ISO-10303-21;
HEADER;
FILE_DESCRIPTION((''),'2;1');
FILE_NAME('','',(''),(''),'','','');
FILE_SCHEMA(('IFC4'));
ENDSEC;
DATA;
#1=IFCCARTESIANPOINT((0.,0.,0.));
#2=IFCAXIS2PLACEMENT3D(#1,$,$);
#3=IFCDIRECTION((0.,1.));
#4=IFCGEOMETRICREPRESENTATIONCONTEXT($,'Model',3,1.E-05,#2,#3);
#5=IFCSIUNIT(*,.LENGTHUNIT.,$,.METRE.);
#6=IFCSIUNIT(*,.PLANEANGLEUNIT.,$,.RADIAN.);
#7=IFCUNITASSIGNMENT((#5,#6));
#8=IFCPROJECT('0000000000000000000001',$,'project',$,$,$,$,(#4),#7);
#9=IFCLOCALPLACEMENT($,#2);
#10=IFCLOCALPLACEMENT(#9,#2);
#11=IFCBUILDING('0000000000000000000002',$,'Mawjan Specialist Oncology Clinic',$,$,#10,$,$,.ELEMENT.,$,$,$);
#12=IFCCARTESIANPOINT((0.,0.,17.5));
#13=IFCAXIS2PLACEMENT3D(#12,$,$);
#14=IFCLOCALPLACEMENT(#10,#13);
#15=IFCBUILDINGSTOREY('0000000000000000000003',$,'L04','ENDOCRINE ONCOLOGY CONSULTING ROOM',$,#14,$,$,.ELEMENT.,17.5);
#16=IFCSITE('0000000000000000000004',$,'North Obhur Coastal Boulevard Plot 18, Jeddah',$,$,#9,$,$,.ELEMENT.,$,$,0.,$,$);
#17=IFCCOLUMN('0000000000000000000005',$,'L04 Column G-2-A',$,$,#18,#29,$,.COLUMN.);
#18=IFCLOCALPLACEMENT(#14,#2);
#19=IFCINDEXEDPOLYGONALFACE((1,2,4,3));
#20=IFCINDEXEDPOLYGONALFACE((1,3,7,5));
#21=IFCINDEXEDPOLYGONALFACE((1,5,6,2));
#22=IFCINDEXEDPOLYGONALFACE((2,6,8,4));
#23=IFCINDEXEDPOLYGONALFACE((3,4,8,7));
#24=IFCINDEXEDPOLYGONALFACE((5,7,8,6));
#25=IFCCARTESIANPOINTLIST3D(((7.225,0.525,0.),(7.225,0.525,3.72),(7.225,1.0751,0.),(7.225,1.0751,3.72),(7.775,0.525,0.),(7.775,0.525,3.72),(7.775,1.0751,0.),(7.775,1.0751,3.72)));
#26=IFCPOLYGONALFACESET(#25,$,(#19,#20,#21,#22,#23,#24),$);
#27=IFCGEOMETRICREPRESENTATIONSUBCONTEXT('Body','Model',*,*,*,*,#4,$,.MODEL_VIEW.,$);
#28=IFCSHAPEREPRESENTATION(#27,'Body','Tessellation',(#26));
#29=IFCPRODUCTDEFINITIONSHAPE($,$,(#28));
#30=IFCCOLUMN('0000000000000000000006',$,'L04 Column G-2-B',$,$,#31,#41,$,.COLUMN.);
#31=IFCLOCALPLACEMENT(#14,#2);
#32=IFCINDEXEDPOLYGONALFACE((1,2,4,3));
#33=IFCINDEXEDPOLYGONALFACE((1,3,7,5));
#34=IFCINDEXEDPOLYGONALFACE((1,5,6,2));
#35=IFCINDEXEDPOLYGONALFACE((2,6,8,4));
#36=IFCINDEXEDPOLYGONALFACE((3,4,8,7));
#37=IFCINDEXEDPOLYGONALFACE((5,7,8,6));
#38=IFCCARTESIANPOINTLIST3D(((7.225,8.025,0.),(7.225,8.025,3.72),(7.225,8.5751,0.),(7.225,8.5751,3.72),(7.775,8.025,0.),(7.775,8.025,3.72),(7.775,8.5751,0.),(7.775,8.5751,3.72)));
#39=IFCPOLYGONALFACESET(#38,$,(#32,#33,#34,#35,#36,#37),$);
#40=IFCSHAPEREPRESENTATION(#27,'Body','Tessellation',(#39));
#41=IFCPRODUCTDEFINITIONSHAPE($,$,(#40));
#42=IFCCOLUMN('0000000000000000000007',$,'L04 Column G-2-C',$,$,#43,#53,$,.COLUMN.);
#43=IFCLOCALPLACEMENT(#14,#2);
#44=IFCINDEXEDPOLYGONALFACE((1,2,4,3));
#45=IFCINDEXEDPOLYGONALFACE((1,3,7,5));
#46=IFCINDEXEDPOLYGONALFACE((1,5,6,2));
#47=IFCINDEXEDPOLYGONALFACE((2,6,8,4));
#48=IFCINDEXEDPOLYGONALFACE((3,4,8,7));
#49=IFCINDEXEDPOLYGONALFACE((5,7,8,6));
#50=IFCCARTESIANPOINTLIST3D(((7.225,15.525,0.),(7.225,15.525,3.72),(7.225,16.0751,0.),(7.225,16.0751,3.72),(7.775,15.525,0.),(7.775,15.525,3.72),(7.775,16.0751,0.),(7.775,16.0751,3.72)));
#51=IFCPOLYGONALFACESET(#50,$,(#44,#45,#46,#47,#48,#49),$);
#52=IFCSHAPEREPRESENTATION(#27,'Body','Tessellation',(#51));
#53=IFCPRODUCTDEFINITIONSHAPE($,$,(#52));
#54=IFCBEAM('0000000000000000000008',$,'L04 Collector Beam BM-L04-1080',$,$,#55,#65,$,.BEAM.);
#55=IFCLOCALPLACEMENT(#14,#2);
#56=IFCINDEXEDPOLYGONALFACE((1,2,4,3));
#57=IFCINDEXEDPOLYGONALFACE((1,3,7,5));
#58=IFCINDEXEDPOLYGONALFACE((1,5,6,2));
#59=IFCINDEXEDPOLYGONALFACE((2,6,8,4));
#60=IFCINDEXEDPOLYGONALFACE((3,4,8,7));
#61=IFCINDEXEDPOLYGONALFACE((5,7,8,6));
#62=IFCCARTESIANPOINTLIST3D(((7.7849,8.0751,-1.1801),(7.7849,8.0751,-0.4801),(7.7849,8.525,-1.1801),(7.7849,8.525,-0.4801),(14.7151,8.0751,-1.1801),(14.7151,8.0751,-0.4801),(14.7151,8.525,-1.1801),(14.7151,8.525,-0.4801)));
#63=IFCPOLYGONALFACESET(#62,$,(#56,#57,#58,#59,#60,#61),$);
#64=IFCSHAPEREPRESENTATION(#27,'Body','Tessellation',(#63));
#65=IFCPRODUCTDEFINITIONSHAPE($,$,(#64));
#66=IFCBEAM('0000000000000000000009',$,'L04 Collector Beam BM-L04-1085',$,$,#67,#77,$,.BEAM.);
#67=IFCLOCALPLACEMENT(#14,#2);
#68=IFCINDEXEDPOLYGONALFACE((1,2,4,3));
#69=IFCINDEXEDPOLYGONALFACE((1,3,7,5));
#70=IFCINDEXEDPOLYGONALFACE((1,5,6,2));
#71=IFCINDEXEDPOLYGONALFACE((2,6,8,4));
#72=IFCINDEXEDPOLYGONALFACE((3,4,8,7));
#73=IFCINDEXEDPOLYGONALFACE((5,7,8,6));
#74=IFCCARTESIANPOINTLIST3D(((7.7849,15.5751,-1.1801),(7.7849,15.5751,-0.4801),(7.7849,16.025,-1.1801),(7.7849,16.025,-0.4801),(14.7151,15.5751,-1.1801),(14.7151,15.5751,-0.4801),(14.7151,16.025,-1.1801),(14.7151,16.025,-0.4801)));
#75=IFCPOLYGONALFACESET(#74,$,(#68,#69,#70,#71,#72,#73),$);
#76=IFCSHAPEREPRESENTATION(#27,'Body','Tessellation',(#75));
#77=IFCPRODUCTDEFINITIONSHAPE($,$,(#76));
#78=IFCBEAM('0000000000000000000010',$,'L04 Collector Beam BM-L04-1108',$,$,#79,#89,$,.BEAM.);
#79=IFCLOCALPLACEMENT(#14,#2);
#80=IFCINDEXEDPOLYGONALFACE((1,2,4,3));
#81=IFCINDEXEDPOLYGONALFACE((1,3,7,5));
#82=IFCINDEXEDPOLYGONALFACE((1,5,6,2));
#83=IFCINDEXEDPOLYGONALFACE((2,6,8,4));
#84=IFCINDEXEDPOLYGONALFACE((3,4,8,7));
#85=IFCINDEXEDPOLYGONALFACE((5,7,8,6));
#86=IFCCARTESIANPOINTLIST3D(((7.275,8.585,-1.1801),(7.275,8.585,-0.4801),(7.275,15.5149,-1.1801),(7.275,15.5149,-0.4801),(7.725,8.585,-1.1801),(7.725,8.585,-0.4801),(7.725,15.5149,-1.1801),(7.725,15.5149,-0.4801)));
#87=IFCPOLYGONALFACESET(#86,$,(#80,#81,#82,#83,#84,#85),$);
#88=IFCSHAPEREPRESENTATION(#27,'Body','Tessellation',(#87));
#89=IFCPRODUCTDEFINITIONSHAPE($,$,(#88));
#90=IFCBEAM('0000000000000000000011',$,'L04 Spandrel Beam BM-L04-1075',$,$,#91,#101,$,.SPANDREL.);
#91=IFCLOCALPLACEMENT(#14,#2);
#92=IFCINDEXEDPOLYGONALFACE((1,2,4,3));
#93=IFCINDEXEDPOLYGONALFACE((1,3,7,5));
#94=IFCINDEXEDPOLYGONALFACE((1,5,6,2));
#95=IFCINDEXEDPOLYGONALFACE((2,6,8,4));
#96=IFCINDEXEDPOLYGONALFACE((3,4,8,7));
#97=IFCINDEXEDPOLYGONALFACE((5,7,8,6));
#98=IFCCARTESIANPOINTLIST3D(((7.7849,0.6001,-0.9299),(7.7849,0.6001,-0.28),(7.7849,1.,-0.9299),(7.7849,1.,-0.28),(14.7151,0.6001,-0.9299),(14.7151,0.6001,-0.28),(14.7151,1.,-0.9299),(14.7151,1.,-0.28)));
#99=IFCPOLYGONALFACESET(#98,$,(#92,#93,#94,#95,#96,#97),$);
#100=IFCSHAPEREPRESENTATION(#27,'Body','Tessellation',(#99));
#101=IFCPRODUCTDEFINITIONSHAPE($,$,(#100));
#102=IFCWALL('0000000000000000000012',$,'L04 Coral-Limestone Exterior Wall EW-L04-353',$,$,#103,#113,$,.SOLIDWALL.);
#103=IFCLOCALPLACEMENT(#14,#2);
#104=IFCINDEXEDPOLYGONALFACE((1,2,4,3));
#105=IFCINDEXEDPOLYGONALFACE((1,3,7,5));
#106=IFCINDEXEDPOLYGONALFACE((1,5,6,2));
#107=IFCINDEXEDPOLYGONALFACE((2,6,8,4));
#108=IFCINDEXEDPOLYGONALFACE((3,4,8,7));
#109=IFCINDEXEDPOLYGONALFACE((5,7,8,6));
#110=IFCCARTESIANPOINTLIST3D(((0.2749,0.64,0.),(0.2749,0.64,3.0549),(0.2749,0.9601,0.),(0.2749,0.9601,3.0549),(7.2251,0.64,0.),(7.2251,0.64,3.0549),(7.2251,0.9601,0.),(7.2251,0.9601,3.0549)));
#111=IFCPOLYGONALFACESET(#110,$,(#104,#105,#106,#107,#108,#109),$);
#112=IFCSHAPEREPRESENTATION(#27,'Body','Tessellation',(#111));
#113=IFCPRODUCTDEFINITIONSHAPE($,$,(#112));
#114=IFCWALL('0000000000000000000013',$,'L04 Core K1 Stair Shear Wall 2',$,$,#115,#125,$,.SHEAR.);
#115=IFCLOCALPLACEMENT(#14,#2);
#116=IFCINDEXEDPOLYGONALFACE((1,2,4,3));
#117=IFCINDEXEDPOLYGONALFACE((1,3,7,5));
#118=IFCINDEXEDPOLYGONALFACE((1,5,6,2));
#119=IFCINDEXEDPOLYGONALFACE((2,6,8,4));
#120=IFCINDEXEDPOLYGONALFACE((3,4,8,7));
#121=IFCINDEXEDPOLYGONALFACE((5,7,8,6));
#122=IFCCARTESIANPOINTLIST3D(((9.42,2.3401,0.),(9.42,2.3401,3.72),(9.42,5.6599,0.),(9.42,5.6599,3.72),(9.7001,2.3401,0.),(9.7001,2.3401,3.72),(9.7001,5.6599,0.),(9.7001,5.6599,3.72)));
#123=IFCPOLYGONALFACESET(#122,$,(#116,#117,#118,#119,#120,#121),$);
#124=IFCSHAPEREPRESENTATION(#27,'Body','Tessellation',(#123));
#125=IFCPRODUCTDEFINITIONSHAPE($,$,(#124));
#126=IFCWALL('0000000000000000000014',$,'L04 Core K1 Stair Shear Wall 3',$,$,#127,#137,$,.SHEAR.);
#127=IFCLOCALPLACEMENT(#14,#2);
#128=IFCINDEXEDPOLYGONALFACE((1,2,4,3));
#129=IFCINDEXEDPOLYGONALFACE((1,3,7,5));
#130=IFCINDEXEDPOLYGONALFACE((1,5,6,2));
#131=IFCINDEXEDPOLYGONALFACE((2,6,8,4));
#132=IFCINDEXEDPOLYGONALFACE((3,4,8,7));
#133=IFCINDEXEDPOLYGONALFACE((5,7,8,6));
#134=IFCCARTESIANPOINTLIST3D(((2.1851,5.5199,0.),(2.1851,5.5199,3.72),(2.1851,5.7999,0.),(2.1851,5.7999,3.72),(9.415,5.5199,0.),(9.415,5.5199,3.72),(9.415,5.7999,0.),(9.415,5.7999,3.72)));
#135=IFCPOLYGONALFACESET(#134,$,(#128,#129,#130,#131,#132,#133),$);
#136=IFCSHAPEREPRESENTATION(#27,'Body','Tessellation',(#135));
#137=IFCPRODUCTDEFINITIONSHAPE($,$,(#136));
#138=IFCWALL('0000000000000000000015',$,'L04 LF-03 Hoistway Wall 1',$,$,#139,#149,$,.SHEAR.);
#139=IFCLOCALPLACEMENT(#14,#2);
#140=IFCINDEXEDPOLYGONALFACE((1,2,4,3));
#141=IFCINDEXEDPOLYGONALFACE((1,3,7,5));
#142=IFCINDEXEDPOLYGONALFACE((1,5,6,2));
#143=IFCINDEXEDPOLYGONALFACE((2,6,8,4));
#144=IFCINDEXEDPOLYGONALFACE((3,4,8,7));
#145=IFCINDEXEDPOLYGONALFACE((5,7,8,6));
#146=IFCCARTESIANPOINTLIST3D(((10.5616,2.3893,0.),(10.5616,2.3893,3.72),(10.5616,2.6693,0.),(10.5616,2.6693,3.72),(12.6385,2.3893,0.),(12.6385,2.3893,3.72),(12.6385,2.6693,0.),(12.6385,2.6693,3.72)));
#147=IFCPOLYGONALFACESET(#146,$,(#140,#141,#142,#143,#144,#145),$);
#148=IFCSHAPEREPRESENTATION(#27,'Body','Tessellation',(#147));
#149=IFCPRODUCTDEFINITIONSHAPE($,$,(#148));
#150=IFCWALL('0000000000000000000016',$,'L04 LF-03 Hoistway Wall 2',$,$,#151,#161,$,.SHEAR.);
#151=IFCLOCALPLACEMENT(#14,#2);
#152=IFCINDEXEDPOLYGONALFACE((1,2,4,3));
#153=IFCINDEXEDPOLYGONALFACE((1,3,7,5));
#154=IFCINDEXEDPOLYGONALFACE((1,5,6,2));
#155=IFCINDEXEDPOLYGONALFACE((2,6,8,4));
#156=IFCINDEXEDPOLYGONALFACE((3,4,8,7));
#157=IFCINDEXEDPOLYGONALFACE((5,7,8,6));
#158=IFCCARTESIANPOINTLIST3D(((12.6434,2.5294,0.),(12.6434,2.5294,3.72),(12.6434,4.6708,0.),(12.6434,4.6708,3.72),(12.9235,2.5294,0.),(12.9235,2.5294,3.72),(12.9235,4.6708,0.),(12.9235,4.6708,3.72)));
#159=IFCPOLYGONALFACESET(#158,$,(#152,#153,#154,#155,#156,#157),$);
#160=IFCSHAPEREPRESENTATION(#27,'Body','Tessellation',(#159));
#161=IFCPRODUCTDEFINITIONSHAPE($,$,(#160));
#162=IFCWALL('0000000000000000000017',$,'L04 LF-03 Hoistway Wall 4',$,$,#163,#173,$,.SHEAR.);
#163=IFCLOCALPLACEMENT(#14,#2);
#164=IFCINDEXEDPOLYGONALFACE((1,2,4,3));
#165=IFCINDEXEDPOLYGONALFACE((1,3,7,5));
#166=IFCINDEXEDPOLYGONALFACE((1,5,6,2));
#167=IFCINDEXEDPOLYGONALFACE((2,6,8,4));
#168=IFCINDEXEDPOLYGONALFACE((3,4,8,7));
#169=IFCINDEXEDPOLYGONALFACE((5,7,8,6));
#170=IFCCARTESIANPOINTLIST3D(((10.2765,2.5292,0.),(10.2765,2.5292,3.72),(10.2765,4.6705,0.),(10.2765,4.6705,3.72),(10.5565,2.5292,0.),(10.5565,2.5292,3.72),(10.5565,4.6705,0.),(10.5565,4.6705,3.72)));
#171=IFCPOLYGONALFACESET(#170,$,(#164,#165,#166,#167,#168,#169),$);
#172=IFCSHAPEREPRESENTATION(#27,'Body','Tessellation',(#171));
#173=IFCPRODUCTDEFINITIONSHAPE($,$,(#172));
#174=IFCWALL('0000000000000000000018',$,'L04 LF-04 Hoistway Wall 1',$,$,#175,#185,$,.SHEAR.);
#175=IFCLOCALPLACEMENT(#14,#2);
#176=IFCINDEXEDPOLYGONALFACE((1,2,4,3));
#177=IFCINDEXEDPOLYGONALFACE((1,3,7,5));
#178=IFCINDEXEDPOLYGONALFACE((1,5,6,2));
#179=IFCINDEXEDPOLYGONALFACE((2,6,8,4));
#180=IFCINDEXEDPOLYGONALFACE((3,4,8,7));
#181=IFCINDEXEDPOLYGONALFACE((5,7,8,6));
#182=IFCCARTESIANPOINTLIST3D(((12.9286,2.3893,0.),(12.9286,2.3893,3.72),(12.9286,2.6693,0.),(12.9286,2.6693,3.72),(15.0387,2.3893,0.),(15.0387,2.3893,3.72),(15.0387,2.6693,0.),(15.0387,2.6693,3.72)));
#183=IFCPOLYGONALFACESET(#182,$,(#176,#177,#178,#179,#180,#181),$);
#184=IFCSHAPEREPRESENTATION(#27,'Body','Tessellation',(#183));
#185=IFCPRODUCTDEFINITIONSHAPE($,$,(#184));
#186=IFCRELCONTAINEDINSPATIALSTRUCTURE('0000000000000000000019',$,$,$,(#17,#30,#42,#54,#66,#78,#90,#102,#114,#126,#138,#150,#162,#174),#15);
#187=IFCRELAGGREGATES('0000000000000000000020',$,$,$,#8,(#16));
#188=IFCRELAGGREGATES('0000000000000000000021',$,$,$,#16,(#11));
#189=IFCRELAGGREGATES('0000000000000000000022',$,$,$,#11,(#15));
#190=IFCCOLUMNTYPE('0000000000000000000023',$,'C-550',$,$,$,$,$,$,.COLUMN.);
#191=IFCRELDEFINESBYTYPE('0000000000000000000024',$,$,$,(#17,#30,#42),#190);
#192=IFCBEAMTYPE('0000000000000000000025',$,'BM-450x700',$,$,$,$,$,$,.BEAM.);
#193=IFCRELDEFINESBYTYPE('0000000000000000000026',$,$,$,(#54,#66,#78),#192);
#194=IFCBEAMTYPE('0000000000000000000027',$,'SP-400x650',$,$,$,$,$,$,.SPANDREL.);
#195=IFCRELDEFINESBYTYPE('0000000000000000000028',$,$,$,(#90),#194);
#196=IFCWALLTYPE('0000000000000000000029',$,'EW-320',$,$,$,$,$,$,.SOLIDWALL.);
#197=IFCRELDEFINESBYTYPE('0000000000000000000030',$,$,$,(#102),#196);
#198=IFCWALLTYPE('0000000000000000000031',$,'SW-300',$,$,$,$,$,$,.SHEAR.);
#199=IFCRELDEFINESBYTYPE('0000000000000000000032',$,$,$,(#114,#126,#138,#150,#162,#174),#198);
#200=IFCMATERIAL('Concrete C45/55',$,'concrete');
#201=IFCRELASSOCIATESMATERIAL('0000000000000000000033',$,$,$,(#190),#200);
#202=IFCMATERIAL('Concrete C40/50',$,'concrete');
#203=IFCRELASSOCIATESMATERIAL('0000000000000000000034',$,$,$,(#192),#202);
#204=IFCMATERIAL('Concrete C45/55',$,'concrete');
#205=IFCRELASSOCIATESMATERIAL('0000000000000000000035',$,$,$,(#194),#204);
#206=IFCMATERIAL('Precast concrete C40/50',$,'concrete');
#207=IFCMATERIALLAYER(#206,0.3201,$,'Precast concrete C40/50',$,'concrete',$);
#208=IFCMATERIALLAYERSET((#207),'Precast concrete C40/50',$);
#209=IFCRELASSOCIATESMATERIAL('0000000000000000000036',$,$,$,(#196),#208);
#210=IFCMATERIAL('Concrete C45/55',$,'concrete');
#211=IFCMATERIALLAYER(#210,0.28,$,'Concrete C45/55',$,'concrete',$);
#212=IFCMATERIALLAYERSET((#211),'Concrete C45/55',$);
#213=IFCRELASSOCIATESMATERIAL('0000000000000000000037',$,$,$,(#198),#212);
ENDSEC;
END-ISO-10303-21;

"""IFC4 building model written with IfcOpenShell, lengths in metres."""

from ifc_helpers import new_model, si_unit, direction, frame, frame_2d, origin, origin_2d, place, context, subcontext, project, spatial, rectangle, extrude, material, layer, layer_set, material_profile, profile_set, type_object, element, save


model = new_model("IFC4")

# Units and contexts
model_context = context("Model", 3, precision=1e-05, world=origin(), true_north=direction((0.0, 1.0)))
body_context = subcontext(model_context, "Body", "Model", "MODEL_VIEW")
ifc_project = project(units=[si_unit("LENGTHUNIT", "METRE"), si_unit("PLANEANGLEUNIT", "RADIAN")], contexts=[model_context])

# Site, building, storey
site_placement = place(None, origin())
site = spatial("IfcSite", under=ifc_project, at=site_placement, Name="North Obhur Coastal Boulevard Plot 18, Jeddah", CompositionType="ELEMENT", RefElevation=0.0)
building_placement = place(site_placement, origin())
building = spatial("IfcBuilding", under=site, at=building_placement, Name="Mawjan Specialist Oncology Clinic", CompositionType="ELEMENT")
storey_placement = place(building_placement, frame((0.0, 0.0, 17.5)))
storey = spatial("IfcBuildingStorey", under=building, at=storey_placement, Name="L04", Description="ENDOCRINE ONCOLOGY CONSULTING ROOM", CompositionType="ELEMENT", Elevation=17.5)

# Columns
ifc_material_1 = material(Name="Concrete C45/55", Category="concrete")
ifc_material_profile_1 = material_profile(ifc_material_1, rectangle(XDim=0.55, YDim=0.55, at=origin_2d()), Name="RC COL 550x550", Category="concrete")
ifc_profile_set_1 = profile_set([ifc_material_profile_1], Name="Concrete C45/55")
column_type = type_object("IfcColumnType", Name="C-550", PredefinedType="COLUMN", material=ifc_profile_set_1)
for number, where, z_axis, x_axis, name in (
    (1, (7.5, 0.8, 0.0), (0.0, 0.0, 1.0), (1.0, 0.0, 0.0), "L04 Column G-2-A"),
    (2, (7.5, 8.3, 0.0), (0.0, 0.0, 1.0), (1.0, 0.0, 0.0), "L04 Column G-2-B"),
    (3, (7.5, 15.8, 0.0), (0.0, 0.0, 1.0), (1.0, 0.0, 0.0), "L04 Column G-2-C"),
):
    element("IfcColumn", number, at=place(storey_placement, frame(where, z_axis=z_axis, x_axis=x_axis)), inside=storey, type_object=column_type, Name=name, PredefinedType="COLUMN", context=body_context, shape_type="SweptSolid", body=[
        extrude(rectangle(XDim=0.55, YDim=0.55, at=origin_2d()), origin(), (0.0, 0.0, 1.0), 3.72),
    ])

# Beams
ifc_material_2 = material(Name="Concrete C40/50", Category="concrete")
ifc_material_profile_2 = material_profile(ifc_material_2, rectangle(XDim=0.45, YDim=0.7, at=origin_2d()), Name="RC BM 450x700", Category="concrete")
ifc_profile_set_2 = profile_set([ifc_material_profile_2], Name="Concrete C40/50")
beam_type_1 = type_object("IfcBeamType", Name="BM-450x700", PredefinedType="BEAM", material=ifc_profile_set_2)
for number, where, z_axis, x_axis, name in (
    (4, (7.7849, 8.3, -0.8301), (1.0, 0.0, 0.0), (0.0, 1.0, 0.0), "L04 Collector Beam BM-L04-1080"),
    (5, (7.7849, 15.8, -0.8301), (1.0, 0.0, 0.0), (0.0, 1.0, 0.0), "L04 Collector Beam BM-L04-1085"),
):
    element("IfcBeam", number, at=place(storey_placement, frame(where, z_axis=z_axis, x_axis=x_axis)), inside=storey, type_object=beam_type_1, Name=name, PredefinedType="BEAM", context=body_context, shape_type="SweptSolid", body=[
        extrude(rectangle(XDim=0.45, YDim=0.7, at=origin_2d()), origin(), (0.0, 0.0, 1.0), 6.9302),
    ])
beam_1_placement = place(storey_placement, frame((7.5, 8.585, -0.8301), z_axis=(0.0, 1.0, 0.0), x_axis=(-1.0, 0.0, 0.0)))
element("IfcBeam", 6, at=beam_1_placement, inside=storey, type_object=beam_type_1, Name="L04 Collector Beam BM-L04-1108", PredefinedType="BEAM", context=body_context, shape_type="SweptSolid", body=[
    extrude(rectangle(XDim=0.45, YDim=0.7, at=origin_2d()), origin(), (0.0, 0.0, 1.0), 6.9299),
])
ifc_material_3 = material(Name="Concrete C45/55", Category="concrete")
ifc_material_profile_3 = material_profile(ifc_material_3, rectangle(XDim=0.3999, YDim=0.6499, at=origin_2d()), Name="RC BM 400x650", Category="concrete")
ifc_profile_set_3 = profile_set([ifc_material_profile_3], Name="Concrete C45/55")
beam_type_2 = type_object("IfcBeamType", Name="SP-400x650", PredefinedType="SPANDREL", material=ifc_profile_set_3)
beam_2_placement = place(storey_placement, frame((7.7849, 0.8, -0.605), z_axis=(1.0, 0.0, 0.0), x_axis=(0.0, 1.0, 0.0)))
element("IfcBeam", 7, at=beam_2_placement, inside=storey, type_object=beam_type_2, Name="L04 Spandrel Beam BM-L04-1075", PredefinedType="SPANDREL", context=body_context, shape_type="SweptSolid", body=[
    extrude(rectangle(XDim=0.3999, YDim=0.6499, at=origin_2d()), origin(), (0.0, 0.0, 1.0), 6.9302),
])

# Walls
ifc_material_4 = material(Name="Precast concrete C40/50", Category="concrete")
ifc_layer_1 = layer(ifc_material_4, 0.3201, Name="Precast concrete C40/50", Category="concrete")
ifc_layer_set_1 = layer_set([ifc_layer_1], Name="Precast concrete C40/50")
wall_type_1 = type_object("IfcWallType", Name="EW-320", PredefinedType="SOLIDWALL", material=ifc_layer_set_1)
wall_1_placement = place(storey_placement, frame((7.2251, 0.8, 0.0), z_axis=(0.0, 0.0, 1.0), x_axis=(-1.0, 0.0, 0.0)))
element("IfcWall", 8, at=wall_1_placement, inside=storey, type_object=wall_type_1, Name="L04 Coral-Limestone Exterior Wall EW-L04-353", PredefinedType="SOLIDWALL", context=body_context, shape_type="SweptSolid", body=[
    extrude(rectangle(XDim=6.9502, YDim=0.3201, at=frame_2d((3.4751, 0.0))), origin(), (0.0, 0.0, 1.0), 3.0549),
])
ifc_material_5 = material(Name="Concrete C45/55", Category="concrete")
ifc_layer_2 = layer(ifc_material_5, 0.28, Name="Concrete C45/55", Category="concrete")
ifc_layer_set_2 = layer_set([ifc_layer_2], Name="Concrete C45/55")
wall_type_2 = type_object("IfcWallType", Name="SW-300", PredefinedType="SHEAR", material=ifc_layer_set_2)
wall_2_placement = place(storey_placement, frame((9.5601, 2.3401, 0.0), z_axis=(0.0, 0.0, 1.0), x_axis=(0.0, 1.0, 0.0)))
element("IfcWall", 9, at=wall_2_placement, inside=storey, type_object=wall_type_2, Name="L04 Core K1 Stair Shear Wall 2", PredefinedType="SHEAR", context=body_context, shape_type="SweptSolid", body=[
    extrude(rectangle(XDim=3.3198, YDim=0.28, at=frame_2d((1.6599, 0.0))), origin(), (0.0, 0.0, 1.0), 3.72),
])
wall_3_placement = place(storey_placement, frame((9.415, 5.6599, 0.0), z_axis=(0.0, 0.0, 1.0), x_axis=(-1.0, 0.0, 0.0)))
element("IfcWall", 10, at=wall_3_placement, inside=storey, type_object=wall_type_2, Name="L04 Core K1 Stair Shear Wall 3", PredefinedType="SHEAR", context=body_context, shape_type="SweptSolid", body=[
    extrude(rectangle(XDim=7.23, YDim=0.28, at=frame_2d((3.615, 0.0))), origin(), (0.0, 0.0, 1.0), 3.72),
])
wall_4_placement = place(storey_placement, frame((10.5615, 2.5293, 0.0), z_axis=(0.0, 0.0, 1.0), x_axis=(1.0, 0.0, 0.0)))
element("IfcWall", 11, at=wall_4_placement, inside=storey, type_object=wall_type_2, Name="L04 LF-03 Hoistway Wall 1", PredefinedType="SHEAR", context=body_context, shape_type="SweptSolid", body=[
    extrude(rectangle(XDim=2.0769, YDim=0.28, at=frame_2d((1.0386, 0.0))), origin(), (0.0, 0.0, 1.0), 3.72),
])
wall_5_placement = place(storey_placement, frame((12.7834, 2.5293, 0.0), z_axis=(0.0, 0.0, 1.0), x_axis=(0.0, 1.0, 0.0)))
element("IfcWall", 12, at=wall_5_placement, inside=storey, type_object=wall_type_2, Name="L04 LF-03 Hoistway Wall 2", PredefinedType="SHEAR", context=body_context, shape_type="SweptSolid", body=[
    extrude(rectangle(XDim=2.1414, YDim=0.28, at=frame_2d((1.0708, 0.0))), origin(), (0.0, 0.0, 1.0), 3.72),
])

# Walls
wall_6_placement = place(storey_placement, frame((10.4165, 4.6707, 0.0), z_axis=(0.0, 0.0, 1.0), x_axis=(0.0, -1.0, 0.0)))
element("IfcWall", 13, at=wall_6_placement, inside=storey, type_object=wall_type_2, Name="L04 LF-03 Hoistway Wall 4", PredefinedType="SHEAR", context=body_context, shape_type="SweptSolid", body=[
    extrude(rectangle(XDim=2.1414, YDim=0.28, at=frame_2d((1.0708, 0.0))), origin(), (0.0, 0.0, 1.0), 3.72),
])
wall_7_placement = place(storey_placement, frame((12.9285, 2.5293, 0.0), z_axis=(0.0, 0.0, 1.0), x_axis=(1.0, 0.0, 0.0)))
element("IfcWall", 14, at=wall_7_placement, inside=storey, type_object=wall_type_2, Name="L04 LF-04 Hoistway Wall 1", PredefinedType="SHEAR", context=body_context, shape_type="SweptSolid", body=[
    extrude(rectangle(XDim=2.1101, YDim=0.28, at=frame_2d((1.0552, 0.0))), origin(), (0.0, 0.0, 1.0), 3.72),
])

save(model, "model.ifc")
